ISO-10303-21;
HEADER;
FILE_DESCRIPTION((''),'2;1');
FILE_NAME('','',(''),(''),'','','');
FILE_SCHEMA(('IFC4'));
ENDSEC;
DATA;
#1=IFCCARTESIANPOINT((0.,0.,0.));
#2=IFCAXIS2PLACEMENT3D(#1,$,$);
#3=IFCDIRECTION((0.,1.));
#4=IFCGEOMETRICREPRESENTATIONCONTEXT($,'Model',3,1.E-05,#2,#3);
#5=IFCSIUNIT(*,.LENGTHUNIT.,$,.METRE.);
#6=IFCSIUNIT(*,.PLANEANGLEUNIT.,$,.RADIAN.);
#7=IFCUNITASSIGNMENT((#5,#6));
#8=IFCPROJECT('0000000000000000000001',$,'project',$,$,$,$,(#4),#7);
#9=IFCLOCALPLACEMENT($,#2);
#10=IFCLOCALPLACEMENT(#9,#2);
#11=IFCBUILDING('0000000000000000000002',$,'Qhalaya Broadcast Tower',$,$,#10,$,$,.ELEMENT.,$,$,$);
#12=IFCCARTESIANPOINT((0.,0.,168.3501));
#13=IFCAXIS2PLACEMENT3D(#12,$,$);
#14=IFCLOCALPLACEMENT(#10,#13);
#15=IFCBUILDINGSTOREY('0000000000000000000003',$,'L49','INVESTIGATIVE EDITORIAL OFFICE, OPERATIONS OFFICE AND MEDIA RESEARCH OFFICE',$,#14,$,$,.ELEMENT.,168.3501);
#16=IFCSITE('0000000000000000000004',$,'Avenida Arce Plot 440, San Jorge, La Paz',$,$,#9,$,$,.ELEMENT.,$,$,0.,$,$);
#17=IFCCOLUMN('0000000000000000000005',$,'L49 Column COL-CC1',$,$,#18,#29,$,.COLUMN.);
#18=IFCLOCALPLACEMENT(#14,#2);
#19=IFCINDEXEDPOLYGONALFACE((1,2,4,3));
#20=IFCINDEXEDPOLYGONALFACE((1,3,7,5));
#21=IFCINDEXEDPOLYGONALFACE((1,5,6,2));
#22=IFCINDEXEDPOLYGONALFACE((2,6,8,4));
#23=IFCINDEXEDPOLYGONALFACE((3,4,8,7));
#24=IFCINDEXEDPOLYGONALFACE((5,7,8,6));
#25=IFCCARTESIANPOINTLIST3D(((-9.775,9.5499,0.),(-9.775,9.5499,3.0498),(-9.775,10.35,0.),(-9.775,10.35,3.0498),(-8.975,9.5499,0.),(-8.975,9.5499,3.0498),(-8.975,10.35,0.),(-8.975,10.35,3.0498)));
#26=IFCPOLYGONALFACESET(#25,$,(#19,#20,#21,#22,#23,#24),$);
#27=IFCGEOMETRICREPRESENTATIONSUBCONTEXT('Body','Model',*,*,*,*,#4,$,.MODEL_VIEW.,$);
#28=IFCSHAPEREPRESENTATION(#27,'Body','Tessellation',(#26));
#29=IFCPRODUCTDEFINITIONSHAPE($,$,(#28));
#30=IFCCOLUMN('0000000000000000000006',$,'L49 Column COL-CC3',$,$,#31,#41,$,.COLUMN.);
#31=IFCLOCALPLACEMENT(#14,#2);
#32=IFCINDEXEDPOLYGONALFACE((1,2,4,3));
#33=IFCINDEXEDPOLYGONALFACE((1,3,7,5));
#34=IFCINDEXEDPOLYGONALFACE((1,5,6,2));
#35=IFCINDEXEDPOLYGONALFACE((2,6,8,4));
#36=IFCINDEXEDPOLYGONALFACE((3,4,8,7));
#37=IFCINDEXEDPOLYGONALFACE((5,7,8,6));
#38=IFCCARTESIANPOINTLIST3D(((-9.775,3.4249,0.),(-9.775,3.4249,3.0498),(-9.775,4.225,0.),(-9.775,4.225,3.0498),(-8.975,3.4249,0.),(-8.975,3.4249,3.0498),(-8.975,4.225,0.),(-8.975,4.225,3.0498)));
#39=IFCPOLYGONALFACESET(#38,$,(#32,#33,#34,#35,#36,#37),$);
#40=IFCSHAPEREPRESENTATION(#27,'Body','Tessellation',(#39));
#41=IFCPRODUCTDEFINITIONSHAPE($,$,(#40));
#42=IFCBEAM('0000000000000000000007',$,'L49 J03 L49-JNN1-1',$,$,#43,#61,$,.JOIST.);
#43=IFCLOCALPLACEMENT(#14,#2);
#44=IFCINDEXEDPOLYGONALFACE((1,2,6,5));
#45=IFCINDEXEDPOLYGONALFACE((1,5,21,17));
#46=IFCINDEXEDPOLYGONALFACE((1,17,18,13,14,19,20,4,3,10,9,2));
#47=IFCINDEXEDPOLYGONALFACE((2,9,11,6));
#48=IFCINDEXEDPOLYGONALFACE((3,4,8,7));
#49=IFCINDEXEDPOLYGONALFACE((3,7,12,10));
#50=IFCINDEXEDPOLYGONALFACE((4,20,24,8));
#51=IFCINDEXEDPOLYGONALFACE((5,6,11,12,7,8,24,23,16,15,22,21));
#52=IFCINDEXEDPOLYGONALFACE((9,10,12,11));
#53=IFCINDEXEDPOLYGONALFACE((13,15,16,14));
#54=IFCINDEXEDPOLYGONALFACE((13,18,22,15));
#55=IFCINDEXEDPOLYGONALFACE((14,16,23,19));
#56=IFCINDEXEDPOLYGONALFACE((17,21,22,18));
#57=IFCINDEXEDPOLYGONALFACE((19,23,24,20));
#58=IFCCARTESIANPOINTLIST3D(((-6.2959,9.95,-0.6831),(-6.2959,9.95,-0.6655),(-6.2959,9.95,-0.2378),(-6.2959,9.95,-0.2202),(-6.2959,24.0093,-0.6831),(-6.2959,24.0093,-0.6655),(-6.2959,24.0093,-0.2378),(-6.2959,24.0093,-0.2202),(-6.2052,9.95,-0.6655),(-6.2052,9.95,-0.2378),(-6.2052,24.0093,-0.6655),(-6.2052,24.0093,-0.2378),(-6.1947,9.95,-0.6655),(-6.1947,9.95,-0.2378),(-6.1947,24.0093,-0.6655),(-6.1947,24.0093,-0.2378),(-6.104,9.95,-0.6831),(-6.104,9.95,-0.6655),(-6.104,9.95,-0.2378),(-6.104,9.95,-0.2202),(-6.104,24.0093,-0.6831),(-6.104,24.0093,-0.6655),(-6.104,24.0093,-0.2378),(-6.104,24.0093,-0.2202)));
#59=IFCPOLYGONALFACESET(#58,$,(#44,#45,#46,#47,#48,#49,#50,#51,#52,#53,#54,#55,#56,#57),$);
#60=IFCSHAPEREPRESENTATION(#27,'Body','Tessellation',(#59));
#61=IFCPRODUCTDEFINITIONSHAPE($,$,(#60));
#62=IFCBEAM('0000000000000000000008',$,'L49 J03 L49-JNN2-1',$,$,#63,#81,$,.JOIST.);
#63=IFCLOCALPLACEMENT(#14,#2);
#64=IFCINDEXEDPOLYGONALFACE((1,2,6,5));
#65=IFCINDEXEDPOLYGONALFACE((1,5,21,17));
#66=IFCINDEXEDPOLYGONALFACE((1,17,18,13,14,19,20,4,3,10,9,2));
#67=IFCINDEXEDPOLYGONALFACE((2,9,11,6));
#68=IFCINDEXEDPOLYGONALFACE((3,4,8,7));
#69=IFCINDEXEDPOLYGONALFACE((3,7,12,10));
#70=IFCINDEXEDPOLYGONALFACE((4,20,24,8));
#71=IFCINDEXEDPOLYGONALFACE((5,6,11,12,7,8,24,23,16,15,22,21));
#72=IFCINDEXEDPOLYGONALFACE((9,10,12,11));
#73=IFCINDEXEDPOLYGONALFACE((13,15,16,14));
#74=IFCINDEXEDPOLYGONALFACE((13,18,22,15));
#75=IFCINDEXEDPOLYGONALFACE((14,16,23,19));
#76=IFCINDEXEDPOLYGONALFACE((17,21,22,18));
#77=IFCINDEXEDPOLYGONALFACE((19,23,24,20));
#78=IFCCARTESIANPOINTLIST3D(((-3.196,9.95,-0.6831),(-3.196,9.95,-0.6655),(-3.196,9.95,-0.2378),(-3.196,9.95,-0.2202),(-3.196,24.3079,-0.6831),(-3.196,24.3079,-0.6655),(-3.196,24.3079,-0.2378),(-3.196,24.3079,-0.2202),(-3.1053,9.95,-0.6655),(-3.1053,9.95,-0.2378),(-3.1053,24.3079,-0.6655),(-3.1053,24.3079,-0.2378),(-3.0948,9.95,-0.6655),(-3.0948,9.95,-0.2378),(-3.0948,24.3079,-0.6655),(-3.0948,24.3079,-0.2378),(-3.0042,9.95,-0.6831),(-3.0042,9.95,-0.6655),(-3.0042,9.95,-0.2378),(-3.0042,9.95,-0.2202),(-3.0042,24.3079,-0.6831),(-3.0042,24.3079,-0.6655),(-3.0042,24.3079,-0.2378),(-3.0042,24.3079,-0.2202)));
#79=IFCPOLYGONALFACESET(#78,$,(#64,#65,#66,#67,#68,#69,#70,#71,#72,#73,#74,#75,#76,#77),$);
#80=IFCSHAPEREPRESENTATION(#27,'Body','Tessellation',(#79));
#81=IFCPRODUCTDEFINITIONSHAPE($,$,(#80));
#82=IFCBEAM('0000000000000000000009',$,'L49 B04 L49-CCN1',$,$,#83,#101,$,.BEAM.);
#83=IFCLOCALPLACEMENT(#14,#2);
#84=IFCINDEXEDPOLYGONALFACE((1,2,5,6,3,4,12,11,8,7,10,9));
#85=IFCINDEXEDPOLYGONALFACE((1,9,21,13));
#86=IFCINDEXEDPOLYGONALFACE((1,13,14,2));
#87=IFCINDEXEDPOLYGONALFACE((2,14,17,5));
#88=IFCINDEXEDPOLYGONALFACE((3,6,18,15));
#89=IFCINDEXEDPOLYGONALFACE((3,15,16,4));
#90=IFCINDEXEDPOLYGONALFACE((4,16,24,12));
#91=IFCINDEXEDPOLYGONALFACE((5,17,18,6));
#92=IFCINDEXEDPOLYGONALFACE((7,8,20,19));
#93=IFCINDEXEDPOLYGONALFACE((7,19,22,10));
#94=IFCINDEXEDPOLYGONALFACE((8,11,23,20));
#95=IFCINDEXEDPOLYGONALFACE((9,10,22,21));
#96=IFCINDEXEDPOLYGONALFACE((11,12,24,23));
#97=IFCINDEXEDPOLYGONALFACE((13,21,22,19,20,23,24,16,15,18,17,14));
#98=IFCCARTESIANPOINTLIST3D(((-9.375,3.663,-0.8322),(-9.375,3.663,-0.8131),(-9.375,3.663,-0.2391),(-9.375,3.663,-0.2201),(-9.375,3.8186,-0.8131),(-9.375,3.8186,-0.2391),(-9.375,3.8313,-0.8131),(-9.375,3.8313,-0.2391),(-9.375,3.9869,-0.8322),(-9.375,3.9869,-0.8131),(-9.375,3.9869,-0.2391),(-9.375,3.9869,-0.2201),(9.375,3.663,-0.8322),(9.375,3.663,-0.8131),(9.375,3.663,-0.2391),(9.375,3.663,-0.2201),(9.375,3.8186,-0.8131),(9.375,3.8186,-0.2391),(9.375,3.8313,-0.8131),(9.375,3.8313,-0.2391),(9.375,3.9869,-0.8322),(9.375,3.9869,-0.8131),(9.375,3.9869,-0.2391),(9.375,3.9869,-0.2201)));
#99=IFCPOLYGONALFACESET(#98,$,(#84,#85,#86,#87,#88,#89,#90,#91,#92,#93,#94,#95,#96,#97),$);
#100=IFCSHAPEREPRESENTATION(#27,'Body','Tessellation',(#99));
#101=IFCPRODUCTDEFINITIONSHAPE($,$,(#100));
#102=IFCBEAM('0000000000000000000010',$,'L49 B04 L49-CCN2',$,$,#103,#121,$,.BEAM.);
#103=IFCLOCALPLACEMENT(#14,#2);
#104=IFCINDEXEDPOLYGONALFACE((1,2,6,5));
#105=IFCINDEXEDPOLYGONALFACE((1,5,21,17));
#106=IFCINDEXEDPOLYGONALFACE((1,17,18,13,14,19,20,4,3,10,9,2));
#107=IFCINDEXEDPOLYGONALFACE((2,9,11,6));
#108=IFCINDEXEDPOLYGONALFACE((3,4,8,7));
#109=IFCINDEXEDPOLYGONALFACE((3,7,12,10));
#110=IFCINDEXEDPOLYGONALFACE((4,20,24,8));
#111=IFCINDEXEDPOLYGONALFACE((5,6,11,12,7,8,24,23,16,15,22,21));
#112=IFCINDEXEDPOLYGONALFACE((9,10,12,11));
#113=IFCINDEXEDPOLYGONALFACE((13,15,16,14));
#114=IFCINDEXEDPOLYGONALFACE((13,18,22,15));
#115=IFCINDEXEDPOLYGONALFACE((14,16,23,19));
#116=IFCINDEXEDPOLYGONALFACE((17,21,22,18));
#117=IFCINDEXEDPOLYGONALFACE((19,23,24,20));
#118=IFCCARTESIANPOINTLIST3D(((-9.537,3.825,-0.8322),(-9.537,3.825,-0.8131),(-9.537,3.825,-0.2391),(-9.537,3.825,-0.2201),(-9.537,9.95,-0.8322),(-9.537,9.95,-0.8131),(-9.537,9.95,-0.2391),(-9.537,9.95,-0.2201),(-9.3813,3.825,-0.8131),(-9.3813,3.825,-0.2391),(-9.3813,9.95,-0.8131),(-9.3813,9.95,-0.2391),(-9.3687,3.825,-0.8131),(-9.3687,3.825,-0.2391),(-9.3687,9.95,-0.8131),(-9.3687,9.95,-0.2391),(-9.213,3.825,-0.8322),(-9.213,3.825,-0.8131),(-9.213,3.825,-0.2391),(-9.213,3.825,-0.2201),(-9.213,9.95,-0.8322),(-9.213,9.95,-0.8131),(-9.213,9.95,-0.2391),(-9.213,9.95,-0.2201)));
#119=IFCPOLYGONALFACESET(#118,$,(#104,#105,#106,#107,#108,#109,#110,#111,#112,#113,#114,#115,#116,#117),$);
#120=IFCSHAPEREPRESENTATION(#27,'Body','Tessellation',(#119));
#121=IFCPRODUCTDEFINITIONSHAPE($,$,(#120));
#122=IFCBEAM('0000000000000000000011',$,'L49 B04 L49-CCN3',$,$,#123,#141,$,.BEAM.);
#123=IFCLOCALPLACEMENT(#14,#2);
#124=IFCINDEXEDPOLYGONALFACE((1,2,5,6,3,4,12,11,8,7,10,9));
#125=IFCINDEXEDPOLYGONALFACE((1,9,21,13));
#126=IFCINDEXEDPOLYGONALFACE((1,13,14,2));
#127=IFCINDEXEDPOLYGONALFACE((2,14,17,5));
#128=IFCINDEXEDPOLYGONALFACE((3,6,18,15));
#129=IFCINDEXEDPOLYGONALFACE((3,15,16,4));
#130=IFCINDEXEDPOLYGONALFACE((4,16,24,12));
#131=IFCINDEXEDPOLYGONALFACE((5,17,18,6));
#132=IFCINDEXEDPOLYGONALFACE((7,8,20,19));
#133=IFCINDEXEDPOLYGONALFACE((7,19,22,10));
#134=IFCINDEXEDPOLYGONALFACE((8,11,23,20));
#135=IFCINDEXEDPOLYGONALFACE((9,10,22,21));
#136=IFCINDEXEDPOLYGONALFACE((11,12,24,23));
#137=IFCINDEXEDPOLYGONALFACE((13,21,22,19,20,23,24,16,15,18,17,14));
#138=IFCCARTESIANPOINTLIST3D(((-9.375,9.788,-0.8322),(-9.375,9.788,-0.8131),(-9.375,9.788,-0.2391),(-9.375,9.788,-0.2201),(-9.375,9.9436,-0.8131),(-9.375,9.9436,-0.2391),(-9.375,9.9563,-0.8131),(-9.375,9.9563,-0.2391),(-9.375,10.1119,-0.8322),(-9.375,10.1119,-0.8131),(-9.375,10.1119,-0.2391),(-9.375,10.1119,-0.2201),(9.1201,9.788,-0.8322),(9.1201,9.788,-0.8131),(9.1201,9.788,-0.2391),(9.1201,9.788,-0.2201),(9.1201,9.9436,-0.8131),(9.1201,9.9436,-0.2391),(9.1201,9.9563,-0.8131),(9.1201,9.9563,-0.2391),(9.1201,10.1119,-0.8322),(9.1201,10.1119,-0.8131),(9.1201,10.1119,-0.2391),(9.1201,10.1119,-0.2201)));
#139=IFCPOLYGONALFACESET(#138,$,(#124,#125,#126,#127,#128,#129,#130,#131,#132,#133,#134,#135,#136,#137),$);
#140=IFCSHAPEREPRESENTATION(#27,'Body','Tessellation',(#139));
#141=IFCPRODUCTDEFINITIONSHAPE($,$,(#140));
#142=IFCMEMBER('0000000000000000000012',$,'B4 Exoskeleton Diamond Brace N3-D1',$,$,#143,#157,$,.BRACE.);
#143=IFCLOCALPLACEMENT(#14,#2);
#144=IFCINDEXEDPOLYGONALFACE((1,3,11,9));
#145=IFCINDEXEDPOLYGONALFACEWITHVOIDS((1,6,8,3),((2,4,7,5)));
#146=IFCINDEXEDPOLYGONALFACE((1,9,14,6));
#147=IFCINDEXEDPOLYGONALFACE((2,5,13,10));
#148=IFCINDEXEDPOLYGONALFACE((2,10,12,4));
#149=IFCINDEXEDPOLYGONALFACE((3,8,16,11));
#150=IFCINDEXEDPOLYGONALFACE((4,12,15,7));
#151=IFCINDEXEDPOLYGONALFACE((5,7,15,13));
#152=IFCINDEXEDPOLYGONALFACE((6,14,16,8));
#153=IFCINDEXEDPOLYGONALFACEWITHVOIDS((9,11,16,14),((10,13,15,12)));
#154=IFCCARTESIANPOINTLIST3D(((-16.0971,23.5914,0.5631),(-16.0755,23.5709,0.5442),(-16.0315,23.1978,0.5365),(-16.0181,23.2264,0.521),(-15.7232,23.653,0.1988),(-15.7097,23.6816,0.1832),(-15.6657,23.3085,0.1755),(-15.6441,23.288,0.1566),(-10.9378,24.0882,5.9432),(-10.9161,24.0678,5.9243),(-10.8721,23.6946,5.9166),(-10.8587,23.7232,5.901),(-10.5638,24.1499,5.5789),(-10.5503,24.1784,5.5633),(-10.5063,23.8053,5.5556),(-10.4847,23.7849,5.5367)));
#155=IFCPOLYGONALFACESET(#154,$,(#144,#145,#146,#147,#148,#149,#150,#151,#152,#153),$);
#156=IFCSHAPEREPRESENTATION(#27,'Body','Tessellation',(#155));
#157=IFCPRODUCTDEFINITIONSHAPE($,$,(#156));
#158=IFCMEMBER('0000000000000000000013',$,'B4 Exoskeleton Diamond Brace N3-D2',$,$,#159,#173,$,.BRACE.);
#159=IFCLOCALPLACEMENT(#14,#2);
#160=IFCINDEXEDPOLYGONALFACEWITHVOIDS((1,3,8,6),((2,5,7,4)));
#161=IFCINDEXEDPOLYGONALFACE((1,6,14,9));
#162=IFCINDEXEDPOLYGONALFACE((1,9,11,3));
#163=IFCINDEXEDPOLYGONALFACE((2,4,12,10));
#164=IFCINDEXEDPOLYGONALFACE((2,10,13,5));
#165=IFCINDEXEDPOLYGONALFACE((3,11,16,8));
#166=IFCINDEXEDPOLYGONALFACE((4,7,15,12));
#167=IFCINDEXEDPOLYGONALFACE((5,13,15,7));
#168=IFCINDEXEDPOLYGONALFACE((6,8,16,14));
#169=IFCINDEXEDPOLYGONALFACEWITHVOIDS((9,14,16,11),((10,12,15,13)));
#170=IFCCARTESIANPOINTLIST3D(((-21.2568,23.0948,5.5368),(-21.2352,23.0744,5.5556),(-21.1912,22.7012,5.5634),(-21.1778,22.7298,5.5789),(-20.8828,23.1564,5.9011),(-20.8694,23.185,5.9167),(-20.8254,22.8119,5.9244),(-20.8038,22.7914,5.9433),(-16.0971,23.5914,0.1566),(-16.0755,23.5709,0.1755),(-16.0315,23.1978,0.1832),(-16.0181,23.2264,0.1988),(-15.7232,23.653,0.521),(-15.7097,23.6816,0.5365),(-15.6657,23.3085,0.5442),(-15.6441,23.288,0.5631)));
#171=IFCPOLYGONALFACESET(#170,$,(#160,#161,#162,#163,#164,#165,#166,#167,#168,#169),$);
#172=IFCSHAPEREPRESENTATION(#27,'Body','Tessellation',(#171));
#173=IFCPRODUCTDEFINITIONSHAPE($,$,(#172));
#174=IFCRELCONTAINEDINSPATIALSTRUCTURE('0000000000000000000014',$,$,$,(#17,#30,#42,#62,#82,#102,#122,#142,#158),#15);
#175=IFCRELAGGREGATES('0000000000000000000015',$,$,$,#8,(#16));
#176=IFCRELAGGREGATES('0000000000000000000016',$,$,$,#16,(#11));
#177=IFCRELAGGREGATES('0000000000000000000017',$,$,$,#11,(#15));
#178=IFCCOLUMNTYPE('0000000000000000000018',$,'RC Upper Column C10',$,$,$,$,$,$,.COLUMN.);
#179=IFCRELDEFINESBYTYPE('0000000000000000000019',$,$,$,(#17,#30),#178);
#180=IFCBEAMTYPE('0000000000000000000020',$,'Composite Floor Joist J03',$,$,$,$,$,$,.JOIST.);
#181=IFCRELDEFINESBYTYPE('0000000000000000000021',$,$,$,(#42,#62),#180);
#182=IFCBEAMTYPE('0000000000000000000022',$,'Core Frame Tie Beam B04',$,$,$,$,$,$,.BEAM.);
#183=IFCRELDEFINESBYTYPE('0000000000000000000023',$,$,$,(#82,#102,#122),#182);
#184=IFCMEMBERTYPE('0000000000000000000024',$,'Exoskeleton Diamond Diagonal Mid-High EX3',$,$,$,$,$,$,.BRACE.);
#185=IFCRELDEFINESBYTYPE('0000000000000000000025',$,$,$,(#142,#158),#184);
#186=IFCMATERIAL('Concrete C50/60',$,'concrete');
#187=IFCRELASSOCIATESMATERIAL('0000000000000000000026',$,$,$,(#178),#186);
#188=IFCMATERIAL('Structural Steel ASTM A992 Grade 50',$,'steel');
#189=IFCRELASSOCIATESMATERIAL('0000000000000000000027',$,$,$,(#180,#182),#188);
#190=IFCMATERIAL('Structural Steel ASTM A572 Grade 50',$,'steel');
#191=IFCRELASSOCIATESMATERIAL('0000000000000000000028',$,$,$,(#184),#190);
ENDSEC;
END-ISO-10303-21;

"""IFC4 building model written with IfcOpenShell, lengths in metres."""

from ifc_helpers import new_model, si_unit, direction, frame, origin, origin_2d, place, context, subcontext, project, spatial, rectangle, hollow_rectangle, i_section, extrude, material, material_profile, profile_set, type_object, element, save


model = new_model("IFC4")

# Units and contexts
model_context = context("Model", 3, precision=1e-05, world=origin(), true_north=direction((0.0, 1.0)))
body_context = subcontext(model_context, "Body", "Model", "MODEL_VIEW")
ifc_project = project(units=[si_unit("LENGTHUNIT", "METRE"), si_unit("PLANEANGLEUNIT", "RADIAN")], contexts=[model_context])

# Site, building, storey
site_placement = place(None, origin())
site = spatial("IfcSite", under=ifc_project, at=site_placement, Name="Avenida Arce Plot 440, San Jorge, La Paz", CompositionType="ELEMENT", RefElevation=0.0)
building_placement = place(site_placement, origin())
building = spatial("IfcBuilding", under=site, at=building_placement, Name="Qhalaya Broadcast Tower", CompositionType="ELEMENT")
storey_placement = place(building_placement, frame((0.0, 0.0, 168.3501)))
storey = spatial("IfcBuildingStorey", under=building, at=storey_placement, Name="L49", Description="INVESTIGATIVE EDITORIAL OFFICE, OPERATIONS OFFICE AND MEDIA RESEARCH OFFICE", CompositionType="ELEMENT", Elevation=168.3501)

# Columns
ifc_material_1 = material(Name="Concrete C50/60", Category="concrete")
ifc_material_profile_1 = material_profile(ifc_material_1, rectangle(XDim=0.8, YDim=0.8, at=origin_2d()), Name="RC-COL 800x800")
ifc_profile_set_1 = profile_set([ifc_material_profile_1], Name="Concrete C50/60")
column_type = type_object("IfcColumnType", Name="RC Upper Column C10", PredefinedType="COLUMN", material=ifc_profile_set_1)
for number, where, z_axis, x_axis, name in (
    (1, (-9.375, 9.95, 0.0), (0.0, 0.0, 1.0), (1.0, 0.0, 0.0), "L49 Column COL-CC1"),
    (2, (-9.375, 3.825, 0.0), (0.0, 0.0, 1.0), (1.0, 0.0, 0.0), "L49 Column COL-CC3"),
):
    element("IfcColumn", number, at=place(storey_placement, frame(where, z_axis=z_axis, x_axis=x_axis)), inside=storey, type_object=column_type, Name=name, PredefinedType="COLUMN", context=body_context, shape_type="SweptSolid", body=[
        extrude(rectangle(XDim=0.8, YDim=0.8, at=origin_2d()), origin(), (0.0, 0.0, 1.0), 3.0498),
    ])

# Beams
ifc_material_2 = material(Name="Structural Steel ASTM A992 Grade 50", Category="steel")
ifc_material_profile_2 = material_profile(ifc_material_2, i_section(OverallWidth=0.1919, OverallDepth=0.4629, WebThickness=0.0105, FlangeThickness=0.0176, at=origin_2d()), Name="W18X60")
ifc_profile_set_2 = profile_set([ifc_material_profile_2], Name="Structural Steel ASTM A992 Grade 50")
beam_type_1 = type_object("IfcBeamType", Name="Composite Floor Joist J03", PredefinedType="JOIST", material=ifc_profile_set_2)
beam_1_placement = place(storey_placement, frame((-6.2, 9.95, -0.4517), z_axis=(0.0, 1.0, 0.0), x_axis=(-1.0, 0.0, 0.0)))
element("IfcBeam", 3, at=beam_1_placement, inside=storey, type_object=beam_type_1, Name="L49 J03 L49-JNN1-1", PredefinedType="JOIST", context=body_context, shape_type="SweptSolid", body=[
    extrude(i_section(OverallWidth=0.1919, OverallDepth=0.4629, WebThickness=0.0105, FlangeThickness=0.0176, at=origin_2d()), origin(), (0.0, 0.0, 1.0), 14.0593),
])
beam_2_placement = place(storey_placement, frame((-3.1001, 9.95, -0.4517), z_axis=(0.0, 1.0, 0.0), x_axis=(-1.0, 0.0, 0.0)))
element("IfcBeam", 4, at=beam_2_placement, inside=storey, type_object=beam_type_1, Name="L49 J03 L49-JNN2-1", PredefinedType="JOIST", context=body_context, shape_type="SweptSolid", body=[
    extrude(i_section(OverallWidth=0.1919, OverallDepth=0.4629, WebThickness=0.0105, FlangeThickness=0.0176, at=origin_2d()), origin(), (0.0, 0.0, 1.0), 14.3579),
])
ifc_material_profile_3 = material_profile(ifc_material_2, i_section(OverallWidth=0.324, OverallDepth=0.6121, WebThickness=0.0127, FlangeThickness=0.019, at=origin_2d()), Name="W24X104")
ifc_profile_set_3 = profile_set([ifc_material_profile_3], Name="Structural Steel ASTM A992 Grade 50")
beam_type_2 = type_object("IfcBeamType", Name="Core Frame Tie Beam B04", PredefinedType="BEAM", material=ifc_profile_set_3)
beam_3_placement = place(storey_placement, frame((-9.375, 3.825, -0.5261), z_axis=(1.0, 0.0, 0.0), x_axis=(0.0, 1.0, 0.0)))
element("IfcBeam", 5, at=beam_3_placement, inside=storey, type_object=beam_type_2, Name="L49 B04 L49-CCN1", PredefinedType="BEAM", context=body_context, shape_type="SweptSolid", body=[
    extrude(i_section(OverallWidth=0.324, OverallDepth=0.6121, WebThickness=0.0127, FlangeThickness=0.019, at=origin_2d()), origin(), (0.0, 0.0, 1.0), 18.75),
])
beam_4_placement = place(storey_placement, frame((-9.375, 3.825, -0.5261), z_axis=(0.0, 1.0, 0.0), x_axis=(-1.0, 0.0, 0.0)))
element("IfcBeam", 6, at=beam_4_placement, inside=storey, type_object=beam_type_2, Name="L49 B04 L49-CCN2", PredefinedType="BEAM", context=body_context, shape_type="SweptSolid", body=[
    extrude(i_section(OverallWidth=0.324, OverallDepth=0.6121, WebThickness=0.0127, FlangeThickness=0.019, at=origin_2d()), origin(), (0.0, 0.0, 1.0), 6.125),
])
beam_5_placement = place(storey_placement, frame((-9.375, 9.95, -0.5261), z_axis=(1.0, 0.0, 0.0), x_axis=(0.0, 1.0, 0.0)))
element("IfcBeam", 7, at=beam_5_placement, inside=storey, type_object=beam_type_2, Name="L49 B04 L49-CCN3", PredefinedType="BEAM", context=body_context, shape_type="SweptSolid", body=[
    extrude(i_section(OverallWidth=0.324, OverallDepth=0.6121, WebThickness=0.0127, FlangeThickness=0.019, at=origin_2d()), origin(), (0.0, 0.0, 1.0), 18.4951),
])

# Members
ifc_material_3 = material(Name="Structural Steel ASTM A572 Grade 50", Category="steel")
ifc_material_profile_4 = material_profile(ifc_material_3, hollow_rectangle(XDim=0.3999, YDim=0.55, WallThickness=0.0249, at=origin_2d()), Name="BOX 400x550x25")
ifc_profile_set_4 = profile_set([ifc_material_profile_4], Name="Structural Steel ASTM A572 Grade 50")
member_type = type_object("IfcMemberType", Name="Exoskeleton Diamond Diagonal Mid-High EX3", PredefinedType="BRACE", material=ifc_profile_set_4)
member_1_placement = place(storey_placement, frame((-15.8706, 23.4397, 0.3599), z_axis=(0.690616, 0.066503, 0.720158), x_axis=(-0.164117, 0.984197, 0.066499)))
element("IfcMember", 8, at=member_1_placement, inside=storey, type_object=member_type, Name="B4 Exoskeleton Diamond Brace N3-D1", PredefinedType="BRACE", context=body_context, shape_type="SweptSolid", body=[
    extrude(hollow_rectangle(XDim=0.3999, YDim=0.55, WallThickness=0.0249, at=origin_2d()), origin(), (0.0, 0.0, 1.0), 7.4707),
])
member_2_placement = place(storey_placement, frame((-15.8706, 23.4397, 0.3599), z_axis=(-0.690634, -0.066469, 0.720143), x_axis=(0.164065, -0.984206, 0.0665)))
element("IfcMember", 9, at=member_2_placement, inside=storey, type_object=member_type, Name="B4 Exoskeleton Diamond Brace N3-D2", PredefinedType="BRACE", context=body_context, shape_type="SweptSolid", body=[
    extrude(hollow_rectangle(XDim=0.3999, YDim=0.55, WallThickness=0.0249, at=origin_2d()), origin(), (0.0, 0.0, 1.0), 7.4709),
])

save(model, "model.ifc")
